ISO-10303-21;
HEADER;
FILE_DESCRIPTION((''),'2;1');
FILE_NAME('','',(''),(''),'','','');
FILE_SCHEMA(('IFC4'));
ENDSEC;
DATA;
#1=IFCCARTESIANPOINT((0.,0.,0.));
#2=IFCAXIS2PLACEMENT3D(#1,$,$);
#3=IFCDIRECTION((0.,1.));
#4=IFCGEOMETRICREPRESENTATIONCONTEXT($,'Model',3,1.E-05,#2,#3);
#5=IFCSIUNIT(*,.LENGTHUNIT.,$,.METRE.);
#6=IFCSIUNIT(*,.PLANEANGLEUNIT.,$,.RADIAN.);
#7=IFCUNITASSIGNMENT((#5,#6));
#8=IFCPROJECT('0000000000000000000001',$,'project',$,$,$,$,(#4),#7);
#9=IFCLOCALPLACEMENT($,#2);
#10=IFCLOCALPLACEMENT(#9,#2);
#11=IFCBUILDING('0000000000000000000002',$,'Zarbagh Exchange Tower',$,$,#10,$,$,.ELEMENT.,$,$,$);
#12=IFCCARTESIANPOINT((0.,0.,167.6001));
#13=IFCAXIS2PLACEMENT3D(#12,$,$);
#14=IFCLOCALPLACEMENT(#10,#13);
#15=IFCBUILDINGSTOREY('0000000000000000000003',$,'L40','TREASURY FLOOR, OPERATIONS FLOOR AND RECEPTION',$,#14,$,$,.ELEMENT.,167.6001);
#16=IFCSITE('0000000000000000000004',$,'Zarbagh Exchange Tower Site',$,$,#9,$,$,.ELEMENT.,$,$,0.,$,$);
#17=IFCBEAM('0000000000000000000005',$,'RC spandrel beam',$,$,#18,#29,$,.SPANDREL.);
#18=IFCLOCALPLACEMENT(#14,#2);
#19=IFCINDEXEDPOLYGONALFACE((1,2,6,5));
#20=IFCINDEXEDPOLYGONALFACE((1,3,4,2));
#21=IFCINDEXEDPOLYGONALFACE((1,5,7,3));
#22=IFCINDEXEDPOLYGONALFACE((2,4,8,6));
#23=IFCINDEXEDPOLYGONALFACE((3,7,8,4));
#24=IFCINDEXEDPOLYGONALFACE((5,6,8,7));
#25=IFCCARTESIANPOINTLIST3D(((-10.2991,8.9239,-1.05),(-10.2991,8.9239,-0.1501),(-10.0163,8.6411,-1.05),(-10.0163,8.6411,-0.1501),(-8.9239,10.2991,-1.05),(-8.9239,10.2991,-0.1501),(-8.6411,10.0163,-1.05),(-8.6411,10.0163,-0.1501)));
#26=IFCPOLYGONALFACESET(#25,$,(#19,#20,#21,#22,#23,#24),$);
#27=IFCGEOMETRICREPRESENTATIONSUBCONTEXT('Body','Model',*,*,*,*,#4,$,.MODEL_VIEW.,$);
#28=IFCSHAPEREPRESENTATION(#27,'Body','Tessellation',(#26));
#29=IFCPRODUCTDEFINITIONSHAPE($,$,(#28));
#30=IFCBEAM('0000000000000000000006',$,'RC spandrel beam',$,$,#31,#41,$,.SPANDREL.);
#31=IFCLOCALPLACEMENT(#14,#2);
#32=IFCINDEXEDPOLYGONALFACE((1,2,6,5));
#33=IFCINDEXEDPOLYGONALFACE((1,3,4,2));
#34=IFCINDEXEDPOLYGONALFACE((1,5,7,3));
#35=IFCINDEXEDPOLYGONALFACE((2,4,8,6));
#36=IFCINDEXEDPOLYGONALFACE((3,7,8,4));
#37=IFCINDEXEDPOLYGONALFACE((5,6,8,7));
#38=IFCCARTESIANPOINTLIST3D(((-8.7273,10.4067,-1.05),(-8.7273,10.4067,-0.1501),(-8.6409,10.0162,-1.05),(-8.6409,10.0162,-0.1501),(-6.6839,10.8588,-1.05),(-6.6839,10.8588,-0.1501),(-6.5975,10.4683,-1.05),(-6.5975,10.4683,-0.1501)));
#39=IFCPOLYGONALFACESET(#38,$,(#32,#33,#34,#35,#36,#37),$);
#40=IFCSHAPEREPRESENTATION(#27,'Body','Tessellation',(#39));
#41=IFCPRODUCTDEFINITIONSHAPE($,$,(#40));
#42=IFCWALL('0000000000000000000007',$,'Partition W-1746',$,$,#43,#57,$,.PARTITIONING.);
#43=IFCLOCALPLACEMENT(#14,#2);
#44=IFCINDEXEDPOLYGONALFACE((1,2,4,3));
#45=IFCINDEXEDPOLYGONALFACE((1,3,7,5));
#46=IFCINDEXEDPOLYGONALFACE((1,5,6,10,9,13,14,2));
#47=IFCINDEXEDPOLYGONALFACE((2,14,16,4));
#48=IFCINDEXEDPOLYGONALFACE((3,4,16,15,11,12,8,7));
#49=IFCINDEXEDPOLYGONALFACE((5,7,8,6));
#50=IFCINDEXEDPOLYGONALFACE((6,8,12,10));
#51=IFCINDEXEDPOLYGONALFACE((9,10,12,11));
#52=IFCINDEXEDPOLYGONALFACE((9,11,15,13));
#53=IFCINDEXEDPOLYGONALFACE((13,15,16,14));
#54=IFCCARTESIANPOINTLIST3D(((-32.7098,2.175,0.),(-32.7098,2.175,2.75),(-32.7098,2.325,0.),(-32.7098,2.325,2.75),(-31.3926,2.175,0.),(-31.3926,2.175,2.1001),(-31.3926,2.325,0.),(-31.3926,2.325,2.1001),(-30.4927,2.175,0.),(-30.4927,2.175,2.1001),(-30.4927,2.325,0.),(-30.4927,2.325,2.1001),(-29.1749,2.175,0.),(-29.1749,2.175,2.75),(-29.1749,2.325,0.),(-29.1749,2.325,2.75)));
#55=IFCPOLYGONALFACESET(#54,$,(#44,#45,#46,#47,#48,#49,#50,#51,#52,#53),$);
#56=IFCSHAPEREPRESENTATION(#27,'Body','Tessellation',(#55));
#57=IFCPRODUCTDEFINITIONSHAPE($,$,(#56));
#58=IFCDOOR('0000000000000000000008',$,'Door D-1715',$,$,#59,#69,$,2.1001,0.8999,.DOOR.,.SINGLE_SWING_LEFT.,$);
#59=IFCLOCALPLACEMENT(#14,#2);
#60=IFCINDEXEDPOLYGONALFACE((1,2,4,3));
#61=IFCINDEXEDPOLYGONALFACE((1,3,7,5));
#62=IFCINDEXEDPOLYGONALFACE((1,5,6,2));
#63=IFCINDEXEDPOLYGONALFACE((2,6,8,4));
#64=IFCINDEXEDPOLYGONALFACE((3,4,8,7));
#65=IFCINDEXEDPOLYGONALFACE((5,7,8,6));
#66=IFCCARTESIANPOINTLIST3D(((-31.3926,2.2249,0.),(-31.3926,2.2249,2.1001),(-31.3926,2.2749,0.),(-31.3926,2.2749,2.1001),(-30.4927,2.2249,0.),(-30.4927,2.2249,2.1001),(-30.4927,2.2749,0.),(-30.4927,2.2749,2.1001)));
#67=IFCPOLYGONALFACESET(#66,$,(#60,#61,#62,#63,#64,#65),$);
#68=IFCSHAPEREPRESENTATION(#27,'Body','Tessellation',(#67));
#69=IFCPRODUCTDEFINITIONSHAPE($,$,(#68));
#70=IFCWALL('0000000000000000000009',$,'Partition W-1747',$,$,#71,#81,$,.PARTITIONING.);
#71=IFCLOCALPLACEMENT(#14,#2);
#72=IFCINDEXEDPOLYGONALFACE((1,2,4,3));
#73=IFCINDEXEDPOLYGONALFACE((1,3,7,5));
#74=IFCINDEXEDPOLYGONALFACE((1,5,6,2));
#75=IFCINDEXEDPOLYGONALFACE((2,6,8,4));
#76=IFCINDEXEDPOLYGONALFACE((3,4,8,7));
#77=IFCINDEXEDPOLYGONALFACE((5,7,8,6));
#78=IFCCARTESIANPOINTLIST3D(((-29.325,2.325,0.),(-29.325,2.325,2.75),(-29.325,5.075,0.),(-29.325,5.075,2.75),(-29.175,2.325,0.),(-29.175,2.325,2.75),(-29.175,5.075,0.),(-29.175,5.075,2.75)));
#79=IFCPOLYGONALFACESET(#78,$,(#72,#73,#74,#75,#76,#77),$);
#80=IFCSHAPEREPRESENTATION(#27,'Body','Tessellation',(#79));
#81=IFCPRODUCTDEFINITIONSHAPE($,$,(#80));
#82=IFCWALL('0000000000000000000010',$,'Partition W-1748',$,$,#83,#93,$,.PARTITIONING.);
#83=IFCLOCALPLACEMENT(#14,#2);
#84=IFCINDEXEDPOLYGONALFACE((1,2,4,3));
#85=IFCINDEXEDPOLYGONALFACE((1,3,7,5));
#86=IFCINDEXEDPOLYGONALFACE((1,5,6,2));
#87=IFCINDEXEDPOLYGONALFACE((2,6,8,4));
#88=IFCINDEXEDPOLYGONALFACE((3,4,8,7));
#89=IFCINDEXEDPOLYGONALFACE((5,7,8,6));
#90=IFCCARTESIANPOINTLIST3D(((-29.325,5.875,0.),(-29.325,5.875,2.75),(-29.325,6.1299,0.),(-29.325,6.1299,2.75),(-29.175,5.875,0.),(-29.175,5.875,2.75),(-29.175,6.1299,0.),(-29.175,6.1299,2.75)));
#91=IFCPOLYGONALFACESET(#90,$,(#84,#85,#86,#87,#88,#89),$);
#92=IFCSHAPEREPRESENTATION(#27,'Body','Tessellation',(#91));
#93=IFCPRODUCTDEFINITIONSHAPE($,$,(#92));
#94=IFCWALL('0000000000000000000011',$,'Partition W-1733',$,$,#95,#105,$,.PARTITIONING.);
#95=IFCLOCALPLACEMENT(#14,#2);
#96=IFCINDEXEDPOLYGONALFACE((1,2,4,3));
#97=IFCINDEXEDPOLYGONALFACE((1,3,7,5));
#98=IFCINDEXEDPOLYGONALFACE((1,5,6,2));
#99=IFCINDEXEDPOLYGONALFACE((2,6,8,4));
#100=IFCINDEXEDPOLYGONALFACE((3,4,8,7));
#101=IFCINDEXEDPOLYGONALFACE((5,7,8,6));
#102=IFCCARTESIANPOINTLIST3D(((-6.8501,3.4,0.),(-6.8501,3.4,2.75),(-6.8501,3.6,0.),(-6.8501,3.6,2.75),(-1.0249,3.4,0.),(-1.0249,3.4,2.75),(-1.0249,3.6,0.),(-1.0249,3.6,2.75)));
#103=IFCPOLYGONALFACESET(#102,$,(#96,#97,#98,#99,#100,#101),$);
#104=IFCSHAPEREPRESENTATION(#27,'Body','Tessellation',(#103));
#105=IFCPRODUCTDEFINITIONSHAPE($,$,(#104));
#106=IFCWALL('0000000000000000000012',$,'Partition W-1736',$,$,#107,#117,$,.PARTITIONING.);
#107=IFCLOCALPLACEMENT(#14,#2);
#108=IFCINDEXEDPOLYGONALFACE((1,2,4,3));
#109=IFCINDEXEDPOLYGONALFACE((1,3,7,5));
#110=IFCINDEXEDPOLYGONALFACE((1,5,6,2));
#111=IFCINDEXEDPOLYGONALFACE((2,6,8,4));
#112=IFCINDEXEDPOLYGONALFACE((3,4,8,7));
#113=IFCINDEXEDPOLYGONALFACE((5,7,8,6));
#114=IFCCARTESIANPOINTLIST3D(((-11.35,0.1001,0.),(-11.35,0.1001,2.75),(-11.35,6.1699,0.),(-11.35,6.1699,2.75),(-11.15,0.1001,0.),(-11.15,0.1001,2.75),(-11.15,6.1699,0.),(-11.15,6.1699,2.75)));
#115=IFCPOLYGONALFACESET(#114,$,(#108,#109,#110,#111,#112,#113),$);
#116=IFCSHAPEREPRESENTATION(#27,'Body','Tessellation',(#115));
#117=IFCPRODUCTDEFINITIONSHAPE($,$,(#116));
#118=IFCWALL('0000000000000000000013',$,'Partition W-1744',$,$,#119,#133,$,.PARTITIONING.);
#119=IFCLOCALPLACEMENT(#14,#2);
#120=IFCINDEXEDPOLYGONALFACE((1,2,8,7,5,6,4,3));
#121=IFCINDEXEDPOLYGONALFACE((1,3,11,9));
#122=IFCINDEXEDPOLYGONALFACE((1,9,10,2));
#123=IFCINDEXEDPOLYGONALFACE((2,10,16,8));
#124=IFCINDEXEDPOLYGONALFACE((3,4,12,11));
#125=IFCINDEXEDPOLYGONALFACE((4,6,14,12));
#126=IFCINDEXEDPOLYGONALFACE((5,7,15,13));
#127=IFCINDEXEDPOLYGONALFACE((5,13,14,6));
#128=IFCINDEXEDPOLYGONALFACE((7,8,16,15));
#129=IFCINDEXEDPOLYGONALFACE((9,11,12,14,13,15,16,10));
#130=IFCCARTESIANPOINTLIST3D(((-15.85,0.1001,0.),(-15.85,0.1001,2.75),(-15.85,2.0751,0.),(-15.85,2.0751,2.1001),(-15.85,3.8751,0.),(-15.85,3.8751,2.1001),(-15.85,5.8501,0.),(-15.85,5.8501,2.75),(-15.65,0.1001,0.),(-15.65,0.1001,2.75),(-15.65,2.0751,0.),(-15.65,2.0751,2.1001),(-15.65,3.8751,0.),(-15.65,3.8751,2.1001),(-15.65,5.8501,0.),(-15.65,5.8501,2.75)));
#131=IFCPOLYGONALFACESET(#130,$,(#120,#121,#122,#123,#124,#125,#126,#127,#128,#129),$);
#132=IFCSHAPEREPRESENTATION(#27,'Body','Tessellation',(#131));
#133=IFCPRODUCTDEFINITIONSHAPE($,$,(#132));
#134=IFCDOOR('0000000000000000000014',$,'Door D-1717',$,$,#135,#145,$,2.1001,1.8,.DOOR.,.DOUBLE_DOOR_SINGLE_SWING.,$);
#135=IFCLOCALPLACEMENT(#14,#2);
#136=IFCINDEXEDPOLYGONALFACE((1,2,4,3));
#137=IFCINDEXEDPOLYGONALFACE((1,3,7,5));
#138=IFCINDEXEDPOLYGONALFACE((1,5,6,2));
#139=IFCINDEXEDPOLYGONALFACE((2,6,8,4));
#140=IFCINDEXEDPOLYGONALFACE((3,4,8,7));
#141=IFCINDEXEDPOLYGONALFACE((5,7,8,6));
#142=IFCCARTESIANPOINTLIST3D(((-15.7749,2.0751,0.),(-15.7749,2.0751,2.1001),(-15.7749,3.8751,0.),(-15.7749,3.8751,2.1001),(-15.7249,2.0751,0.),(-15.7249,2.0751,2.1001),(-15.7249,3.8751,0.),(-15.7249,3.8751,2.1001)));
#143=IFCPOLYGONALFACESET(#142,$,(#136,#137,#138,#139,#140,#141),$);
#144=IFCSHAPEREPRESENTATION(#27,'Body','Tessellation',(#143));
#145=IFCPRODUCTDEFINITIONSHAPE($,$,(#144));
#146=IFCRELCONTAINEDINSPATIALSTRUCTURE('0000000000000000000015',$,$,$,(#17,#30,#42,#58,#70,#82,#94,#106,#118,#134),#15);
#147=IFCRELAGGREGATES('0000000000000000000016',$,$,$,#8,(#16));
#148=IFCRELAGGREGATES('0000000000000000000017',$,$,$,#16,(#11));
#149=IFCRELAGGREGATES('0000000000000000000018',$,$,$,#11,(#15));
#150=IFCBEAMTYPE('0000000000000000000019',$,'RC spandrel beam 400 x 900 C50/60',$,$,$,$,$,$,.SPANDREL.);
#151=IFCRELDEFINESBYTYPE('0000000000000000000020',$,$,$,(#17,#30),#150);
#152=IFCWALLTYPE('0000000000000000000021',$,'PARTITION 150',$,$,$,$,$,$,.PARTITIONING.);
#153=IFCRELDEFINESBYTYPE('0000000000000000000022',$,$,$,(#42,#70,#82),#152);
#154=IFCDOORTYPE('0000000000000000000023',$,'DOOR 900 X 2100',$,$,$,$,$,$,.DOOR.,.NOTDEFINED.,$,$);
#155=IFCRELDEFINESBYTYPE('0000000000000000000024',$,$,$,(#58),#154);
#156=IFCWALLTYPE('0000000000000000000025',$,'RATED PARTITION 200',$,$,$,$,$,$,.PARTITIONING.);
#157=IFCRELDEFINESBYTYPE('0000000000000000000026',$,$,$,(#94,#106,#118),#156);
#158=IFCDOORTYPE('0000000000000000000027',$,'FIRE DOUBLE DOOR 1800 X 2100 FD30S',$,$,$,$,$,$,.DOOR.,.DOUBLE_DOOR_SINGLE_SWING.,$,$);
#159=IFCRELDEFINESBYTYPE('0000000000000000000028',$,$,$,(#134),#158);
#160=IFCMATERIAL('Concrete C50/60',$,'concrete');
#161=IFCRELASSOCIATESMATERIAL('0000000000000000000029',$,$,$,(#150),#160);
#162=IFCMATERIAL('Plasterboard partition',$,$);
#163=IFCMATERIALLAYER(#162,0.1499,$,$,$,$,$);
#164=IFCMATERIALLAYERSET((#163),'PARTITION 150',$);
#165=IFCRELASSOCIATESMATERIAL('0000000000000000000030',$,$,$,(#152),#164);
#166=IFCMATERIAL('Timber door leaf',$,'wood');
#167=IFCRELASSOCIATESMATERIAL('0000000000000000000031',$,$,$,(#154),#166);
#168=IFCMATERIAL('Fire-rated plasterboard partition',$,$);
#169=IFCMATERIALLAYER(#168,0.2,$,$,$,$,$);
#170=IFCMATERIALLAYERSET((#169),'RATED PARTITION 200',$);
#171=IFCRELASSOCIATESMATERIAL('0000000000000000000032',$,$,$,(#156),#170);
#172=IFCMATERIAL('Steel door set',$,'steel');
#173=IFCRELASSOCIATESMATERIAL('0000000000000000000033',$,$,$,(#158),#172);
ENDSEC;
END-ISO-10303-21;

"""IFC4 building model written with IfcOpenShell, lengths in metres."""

from ifc_helpers import new_model, si_unit, direction, frame, frame_2d, origin, origin_2d, place, context, subcontext, project, spatial, rectangle, extrude, material, layer, layer_set, material_profile, profile_set, type_object, element, fill, save


model = new_model("IFC4")

# Units and contexts
model_context = context("Model", 3, precision=1e-05, world=origin(), true_north=direction((0.0, 1.0)))
body_context = subcontext(model_context, "Body", "Model", "MODEL_VIEW")
ifc_project = project(units=[si_unit("LENGTHUNIT", "METRE"), si_unit("PLANEANGLEUNIT", "RADIAN")], contexts=[model_context])

# Site, building, storey
site_placement = place(None, origin())
site = spatial("IfcSite", under=ifc_project, at=site_placement, Name="Zarbagh Exchange Tower Site", CompositionType="ELEMENT", RefElevation=0.0)
building_placement = place(site_placement, origin())
building = spatial("IfcBuilding", under=site, at=building_placement, Name="Zarbagh Exchange Tower", CompositionType="ELEMENT")
storey_placement = place(building_placement, frame((0.0, 0.0, 167.6001)))
storey = spatial("IfcBuildingStorey", under=building, at=storey_placement, Name="L40", Description="TREASURY FLOOR, OPERATIONS FLOOR AND RECEPTION", CompositionType="ELEMENT", Elevation=167.6001)

# Shared definitions
ifc_material_1 = material(Name="Concrete C50/60", Category="concrete")

# Beams
ifc_material_profile_1 = material_profile(ifc_material_1, rectangle(XDim=0.3999, YDim=0.8999, at=origin_2d()), Name="RC spandrel beam 400 x 900 C50/60")
ifc_profile_set_1 = profile_set([ifc_material_profile_1], Name="Concrete C50/60")
beam_type_1 = type_object("IfcBeamType", Name="RC spandrel beam 400 x 900 C50/60", PredefinedType="SPANDREL", material=ifc_profile_set_1)
beam_1_placement = place(storey_placement, frame((-10.1577, 8.7825, -0.6001), z_axis=(0.707107, 0.707107, 0.0), x_axis=(-0.707107, 0.707107, 0.0)))
element("IfcBeam", 1, at=beam_1_placement, inside=storey, type_object=beam_type_1, Name="RC spandrel beam", PredefinedType="SPANDREL", context=body_context, shape_type="SweptSolid", body=[
    extrude(rectangle(XDim=0.3999, YDim=0.8999, at=origin_2d()), origin(), (0.0, 0.0, 1.0), 1.9448),
])
beam_2_placement = place(storey_placement, frame((-8.6841, 10.2114, -0.6001), z_axis=(0.976384, 0.216041, 0.0), x_axis=(-0.216041, 0.976384, 0.0)))
element("IfcBeam", 2, at=beam_2_placement, inside=storey, type_object=beam_type_1, Name="RC spandrel beam", PredefinedType="SPANDREL", context=body_context, shape_type="SweptSolid", body=[
    extrude(rectangle(XDim=0.3999, YDim=0.8999, at=origin_2d()), origin(), (0.0, 0.0, 1.0), 2.0928),
])

# Wall, opening, door
ifc_material_2 = material(Name="Plasterboard partition")
ifc_layer_1 = layer(ifc_material_2, 0.1499)
ifc_layer_set_1 = layer_set([ifc_layer_1], Name="PARTITION 150")
wall_type_1 = type_object("IfcWallType", Name="PARTITION 150", PredefinedType="PARTITIONING", material=ifc_layer_set_1)
wall_1_placement = place(storey_placement, frame((-32.71, 2.25, 0.0), z_axis=(0.0, 0.0, 1.0), x_axis=(1.0, 0.0, 0.0)))
wall_1 = element("IfcWall", 3, at=wall_1_placement, inside=storey, type_object=wall_type_1, Name="Partition W-1746", PredefinedType="PARTITIONING", context=body_context, shape_type="SweptSolid", body=[
    extrude(rectangle(XDim=3.5349, YDim=0.1499, at=frame_2d((1.7676, 0.0))), origin(), (0.0, 0.0, 1.0), 2.75),
])
opening_1_placement = place(wall_1_placement, frame((1.3174, 0.0, 0.0)))
opening_1 = element("IfcOpeningElement", 4, at=opening_1_placement, cuts=wall_1, PredefinedType="OPENING", context=body_context, shape_type="SweptSolid", body=[
    extrude(rectangle(XDim=0.8999, YDim=2.1001, at=frame_2d((0.45, 1.05))), frame((0.0, 0.085, 0.0), z_axis=(0.0, -1.0, 0.0), x_axis=(1.0, 0.0, 0.0)), (0.0, 0.0, 1.0), 0.1699),
])
ifc_material_3 = material(Name="Timber door leaf", Category="wood")
door_type_1 = type_object("IfcDoorType", Name="DOOR 900 X 2100", OperationType="NOTDEFINED", PredefinedType="DOOR", material=ifc_material_3)
door_1_placement = place(opening_1_placement, origin())
door_1 = element("IfcDoor", 5, at=door_1_placement, inside=storey, type_object=door_type_1, Name="Door D-1715", OperationType="SINGLE_SWING_LEFT", OverallHeight=2.1001, OverallWidth=0.8999, PredefinedType="DOOR", context=body_context, shape_type="SweptSolid", body=[
    extrude(rectangle(XDim=0.8999, YDim=2.1001, at=frame_2d((0.45, 1.05))), frame((0.0, 0.0249, 0.0), z_axis=(0.0, -1.0, 0.0), x_axis=(1.0, 0.0, 0.0)), (0.0, 0.0, 1.0), 0.05),
])
fill(opening_1, door_1)

# Walls
wall_2_placement = place(storey_placement, frame((-29.25, 2.325, 0.0), z_axis=(0.0, 0.0, 1.0), x_axis=(0.0, 1.0, 0.0)))
element("IfcWall", 6, at=wall_2_placement, inside=storey, type_object=wall_type_1, Name="Partition W-1747", PredefinedType="PARTITIONING", context=body_context, shape_type="SweptSolid", body=[
    extrude(rectangle(XDim=2.75, YDim=0.1499, at=frame_2d((1.375, 0.0))), origin(), (0.0, 0.0, 1.0), 2.75),
])
wall_3_placement = place(storey_placement, frame((-29.25, 5.875, 0.0), z_axis=(0.0, 0.0, 1.0), x_axis=(0.0, 1.0, 0.0)))
element("IfcWall", 7, at=wall_3_placement, inside=storey, type_object=wall_type_1, Name="Partition W-1748", PredefinedType="PARTITIONING", context=body_context, shape_type="SweptSolid", body=[
    extrude(rectangle(XDim=0.2549, YDim=0.1499, at=frame_2d((0.1274, 0.0))), origin(), (0.0, 0.0, 1.0), 2.75),
])
ifc_material_4 = material(Name="Fire-rated plasterboard partition")
ifc_layer_2 = layer(ifc_material_4, 0.2)
ifc_layer_set_2 = layer_set([ifc_layer_2], Name="RATED PARTITION 200")
wall_type_2 = type_object("IfcWallType", Name="RATED PARTITION 200", PredefinedType="PARTITIONING", material=ifc_layer_set_2)
wall_4_placement = place(storey_placement, frame((-6.8501, 3.5, 0.0), z_axis=(0.0, 0.0, 1.0), x_axis=(1.0, 0.0, 0.0)))
element("IfcWall", 8, at=wall_4_placement, inside=storey, type_object=wall_type_2, Name="Partition W-1733", PredefinedType="PARTITIONING", context=body_context, shape_type="SweptSolid", body=[
    extrude(rectangle(XDim=5.8252, YDim=0.2, at=frame_2d((2.9126, 0.0))), origin(), (0.0, 0.0, 1.0), 2.75),
])
wall_5_placement = place(storey_placement, frame((-11.25, 0.1001, 0.0), z_axis=(0.0, 0.0, 1.0), x_axis=(0.0, 1.0, 0.0)))
element("IfcWall", 9, at=wall_5_placement, inside=storey, type_object=wall_type_2, Name="Partition W-1736", PredefinedType="PARTITIONING", context=body_context, shape_type="SweptSolid", body=[
    extrude(rectangle(XDim=6.0698, YDim=0.2, at=frame_2d((3.0349, 0.0))), origin(), (0.0, 0.0, 1.0), 2.75),
])

# Wall, opening, door
wall_6_placement = place(storey_placement, frame((-15.75, 0.1001, 0.0), z_axis=(0.0, 0.0, 1.0), x_axis=(0.0, 1.0, 0.0)))
wall_6 = element("IfcWall", 10, at=wall_6_placement, inside=storey, type_object=wall_type_2, Name="Partition W-1744", PredefinedType="PARTITIONING", context=body_context, shape_type="SweptSolid", body=[
    extrude(rectangle(XDim=5.75, YDim=0.2, at=frame_2d((2.875, 0.0))), origin(), (0.0, 0.0, 1.0), 2.75),
])
opening_2_placement = place(wall_6_placement, frame((1.9751, 0.0, 0.0)))
opening_2 = element("IfcOpeningElement", 11, at=opening_2_placement, cuts=wall_6, PredefinedType="OPENING", context=body_context, shape_type="SweptSolid", body=[
    extrude(rectangle(XDim=1.8, YDim=2.1001, at=frame_2d((0.8999, 1.05))), frame((0.0, 0.1099, 0.0), z_axis=(0.0, -1.0, 0.0), x_axis=(1.0, 0.0, 0.0)), (0.0, 0.0, 1.0), 0.22),
])
ifc_material_5 = material(Name="Steel door set", Category="steel")
door_type_2 = type_object("IfcDoorType", Name="FIRE DOUBLE DOOR 1800 X 2100 FD30S", OperationType="DOUBLE_DOOR_SINGLE_SWING", PredefinedType="DOOR", material=ifc_material_5)
door_2_placement = place(opening_2_placement, origin())
door_2 = element("IfcDoor", 12, at=door_2_placement, inside=storey, type_object=door_type_2, Name="Door D-1717", OperationType="DOUBLE_DOOR_SINGLE_SWING", OverallHeight=2.1001, OverallWidth=1.8, PredefinedType="DOOR", context=body_context, shape_type="SweptSolid", body=[
    extrude(rectangle(XDim=1.8, YDim=2.1001, at=frame_2d((0.8999, 1.05))), frame((0.0, 0.0249, 0.0), z_axis=(0.0, -1.0, 0.0), x_axis=(1.0, 0.0, 0.0)), (0.0, 0.0, 1.0), 0.05),
])
fill(opening_2, door_2)

save(model, "model.ifc")
